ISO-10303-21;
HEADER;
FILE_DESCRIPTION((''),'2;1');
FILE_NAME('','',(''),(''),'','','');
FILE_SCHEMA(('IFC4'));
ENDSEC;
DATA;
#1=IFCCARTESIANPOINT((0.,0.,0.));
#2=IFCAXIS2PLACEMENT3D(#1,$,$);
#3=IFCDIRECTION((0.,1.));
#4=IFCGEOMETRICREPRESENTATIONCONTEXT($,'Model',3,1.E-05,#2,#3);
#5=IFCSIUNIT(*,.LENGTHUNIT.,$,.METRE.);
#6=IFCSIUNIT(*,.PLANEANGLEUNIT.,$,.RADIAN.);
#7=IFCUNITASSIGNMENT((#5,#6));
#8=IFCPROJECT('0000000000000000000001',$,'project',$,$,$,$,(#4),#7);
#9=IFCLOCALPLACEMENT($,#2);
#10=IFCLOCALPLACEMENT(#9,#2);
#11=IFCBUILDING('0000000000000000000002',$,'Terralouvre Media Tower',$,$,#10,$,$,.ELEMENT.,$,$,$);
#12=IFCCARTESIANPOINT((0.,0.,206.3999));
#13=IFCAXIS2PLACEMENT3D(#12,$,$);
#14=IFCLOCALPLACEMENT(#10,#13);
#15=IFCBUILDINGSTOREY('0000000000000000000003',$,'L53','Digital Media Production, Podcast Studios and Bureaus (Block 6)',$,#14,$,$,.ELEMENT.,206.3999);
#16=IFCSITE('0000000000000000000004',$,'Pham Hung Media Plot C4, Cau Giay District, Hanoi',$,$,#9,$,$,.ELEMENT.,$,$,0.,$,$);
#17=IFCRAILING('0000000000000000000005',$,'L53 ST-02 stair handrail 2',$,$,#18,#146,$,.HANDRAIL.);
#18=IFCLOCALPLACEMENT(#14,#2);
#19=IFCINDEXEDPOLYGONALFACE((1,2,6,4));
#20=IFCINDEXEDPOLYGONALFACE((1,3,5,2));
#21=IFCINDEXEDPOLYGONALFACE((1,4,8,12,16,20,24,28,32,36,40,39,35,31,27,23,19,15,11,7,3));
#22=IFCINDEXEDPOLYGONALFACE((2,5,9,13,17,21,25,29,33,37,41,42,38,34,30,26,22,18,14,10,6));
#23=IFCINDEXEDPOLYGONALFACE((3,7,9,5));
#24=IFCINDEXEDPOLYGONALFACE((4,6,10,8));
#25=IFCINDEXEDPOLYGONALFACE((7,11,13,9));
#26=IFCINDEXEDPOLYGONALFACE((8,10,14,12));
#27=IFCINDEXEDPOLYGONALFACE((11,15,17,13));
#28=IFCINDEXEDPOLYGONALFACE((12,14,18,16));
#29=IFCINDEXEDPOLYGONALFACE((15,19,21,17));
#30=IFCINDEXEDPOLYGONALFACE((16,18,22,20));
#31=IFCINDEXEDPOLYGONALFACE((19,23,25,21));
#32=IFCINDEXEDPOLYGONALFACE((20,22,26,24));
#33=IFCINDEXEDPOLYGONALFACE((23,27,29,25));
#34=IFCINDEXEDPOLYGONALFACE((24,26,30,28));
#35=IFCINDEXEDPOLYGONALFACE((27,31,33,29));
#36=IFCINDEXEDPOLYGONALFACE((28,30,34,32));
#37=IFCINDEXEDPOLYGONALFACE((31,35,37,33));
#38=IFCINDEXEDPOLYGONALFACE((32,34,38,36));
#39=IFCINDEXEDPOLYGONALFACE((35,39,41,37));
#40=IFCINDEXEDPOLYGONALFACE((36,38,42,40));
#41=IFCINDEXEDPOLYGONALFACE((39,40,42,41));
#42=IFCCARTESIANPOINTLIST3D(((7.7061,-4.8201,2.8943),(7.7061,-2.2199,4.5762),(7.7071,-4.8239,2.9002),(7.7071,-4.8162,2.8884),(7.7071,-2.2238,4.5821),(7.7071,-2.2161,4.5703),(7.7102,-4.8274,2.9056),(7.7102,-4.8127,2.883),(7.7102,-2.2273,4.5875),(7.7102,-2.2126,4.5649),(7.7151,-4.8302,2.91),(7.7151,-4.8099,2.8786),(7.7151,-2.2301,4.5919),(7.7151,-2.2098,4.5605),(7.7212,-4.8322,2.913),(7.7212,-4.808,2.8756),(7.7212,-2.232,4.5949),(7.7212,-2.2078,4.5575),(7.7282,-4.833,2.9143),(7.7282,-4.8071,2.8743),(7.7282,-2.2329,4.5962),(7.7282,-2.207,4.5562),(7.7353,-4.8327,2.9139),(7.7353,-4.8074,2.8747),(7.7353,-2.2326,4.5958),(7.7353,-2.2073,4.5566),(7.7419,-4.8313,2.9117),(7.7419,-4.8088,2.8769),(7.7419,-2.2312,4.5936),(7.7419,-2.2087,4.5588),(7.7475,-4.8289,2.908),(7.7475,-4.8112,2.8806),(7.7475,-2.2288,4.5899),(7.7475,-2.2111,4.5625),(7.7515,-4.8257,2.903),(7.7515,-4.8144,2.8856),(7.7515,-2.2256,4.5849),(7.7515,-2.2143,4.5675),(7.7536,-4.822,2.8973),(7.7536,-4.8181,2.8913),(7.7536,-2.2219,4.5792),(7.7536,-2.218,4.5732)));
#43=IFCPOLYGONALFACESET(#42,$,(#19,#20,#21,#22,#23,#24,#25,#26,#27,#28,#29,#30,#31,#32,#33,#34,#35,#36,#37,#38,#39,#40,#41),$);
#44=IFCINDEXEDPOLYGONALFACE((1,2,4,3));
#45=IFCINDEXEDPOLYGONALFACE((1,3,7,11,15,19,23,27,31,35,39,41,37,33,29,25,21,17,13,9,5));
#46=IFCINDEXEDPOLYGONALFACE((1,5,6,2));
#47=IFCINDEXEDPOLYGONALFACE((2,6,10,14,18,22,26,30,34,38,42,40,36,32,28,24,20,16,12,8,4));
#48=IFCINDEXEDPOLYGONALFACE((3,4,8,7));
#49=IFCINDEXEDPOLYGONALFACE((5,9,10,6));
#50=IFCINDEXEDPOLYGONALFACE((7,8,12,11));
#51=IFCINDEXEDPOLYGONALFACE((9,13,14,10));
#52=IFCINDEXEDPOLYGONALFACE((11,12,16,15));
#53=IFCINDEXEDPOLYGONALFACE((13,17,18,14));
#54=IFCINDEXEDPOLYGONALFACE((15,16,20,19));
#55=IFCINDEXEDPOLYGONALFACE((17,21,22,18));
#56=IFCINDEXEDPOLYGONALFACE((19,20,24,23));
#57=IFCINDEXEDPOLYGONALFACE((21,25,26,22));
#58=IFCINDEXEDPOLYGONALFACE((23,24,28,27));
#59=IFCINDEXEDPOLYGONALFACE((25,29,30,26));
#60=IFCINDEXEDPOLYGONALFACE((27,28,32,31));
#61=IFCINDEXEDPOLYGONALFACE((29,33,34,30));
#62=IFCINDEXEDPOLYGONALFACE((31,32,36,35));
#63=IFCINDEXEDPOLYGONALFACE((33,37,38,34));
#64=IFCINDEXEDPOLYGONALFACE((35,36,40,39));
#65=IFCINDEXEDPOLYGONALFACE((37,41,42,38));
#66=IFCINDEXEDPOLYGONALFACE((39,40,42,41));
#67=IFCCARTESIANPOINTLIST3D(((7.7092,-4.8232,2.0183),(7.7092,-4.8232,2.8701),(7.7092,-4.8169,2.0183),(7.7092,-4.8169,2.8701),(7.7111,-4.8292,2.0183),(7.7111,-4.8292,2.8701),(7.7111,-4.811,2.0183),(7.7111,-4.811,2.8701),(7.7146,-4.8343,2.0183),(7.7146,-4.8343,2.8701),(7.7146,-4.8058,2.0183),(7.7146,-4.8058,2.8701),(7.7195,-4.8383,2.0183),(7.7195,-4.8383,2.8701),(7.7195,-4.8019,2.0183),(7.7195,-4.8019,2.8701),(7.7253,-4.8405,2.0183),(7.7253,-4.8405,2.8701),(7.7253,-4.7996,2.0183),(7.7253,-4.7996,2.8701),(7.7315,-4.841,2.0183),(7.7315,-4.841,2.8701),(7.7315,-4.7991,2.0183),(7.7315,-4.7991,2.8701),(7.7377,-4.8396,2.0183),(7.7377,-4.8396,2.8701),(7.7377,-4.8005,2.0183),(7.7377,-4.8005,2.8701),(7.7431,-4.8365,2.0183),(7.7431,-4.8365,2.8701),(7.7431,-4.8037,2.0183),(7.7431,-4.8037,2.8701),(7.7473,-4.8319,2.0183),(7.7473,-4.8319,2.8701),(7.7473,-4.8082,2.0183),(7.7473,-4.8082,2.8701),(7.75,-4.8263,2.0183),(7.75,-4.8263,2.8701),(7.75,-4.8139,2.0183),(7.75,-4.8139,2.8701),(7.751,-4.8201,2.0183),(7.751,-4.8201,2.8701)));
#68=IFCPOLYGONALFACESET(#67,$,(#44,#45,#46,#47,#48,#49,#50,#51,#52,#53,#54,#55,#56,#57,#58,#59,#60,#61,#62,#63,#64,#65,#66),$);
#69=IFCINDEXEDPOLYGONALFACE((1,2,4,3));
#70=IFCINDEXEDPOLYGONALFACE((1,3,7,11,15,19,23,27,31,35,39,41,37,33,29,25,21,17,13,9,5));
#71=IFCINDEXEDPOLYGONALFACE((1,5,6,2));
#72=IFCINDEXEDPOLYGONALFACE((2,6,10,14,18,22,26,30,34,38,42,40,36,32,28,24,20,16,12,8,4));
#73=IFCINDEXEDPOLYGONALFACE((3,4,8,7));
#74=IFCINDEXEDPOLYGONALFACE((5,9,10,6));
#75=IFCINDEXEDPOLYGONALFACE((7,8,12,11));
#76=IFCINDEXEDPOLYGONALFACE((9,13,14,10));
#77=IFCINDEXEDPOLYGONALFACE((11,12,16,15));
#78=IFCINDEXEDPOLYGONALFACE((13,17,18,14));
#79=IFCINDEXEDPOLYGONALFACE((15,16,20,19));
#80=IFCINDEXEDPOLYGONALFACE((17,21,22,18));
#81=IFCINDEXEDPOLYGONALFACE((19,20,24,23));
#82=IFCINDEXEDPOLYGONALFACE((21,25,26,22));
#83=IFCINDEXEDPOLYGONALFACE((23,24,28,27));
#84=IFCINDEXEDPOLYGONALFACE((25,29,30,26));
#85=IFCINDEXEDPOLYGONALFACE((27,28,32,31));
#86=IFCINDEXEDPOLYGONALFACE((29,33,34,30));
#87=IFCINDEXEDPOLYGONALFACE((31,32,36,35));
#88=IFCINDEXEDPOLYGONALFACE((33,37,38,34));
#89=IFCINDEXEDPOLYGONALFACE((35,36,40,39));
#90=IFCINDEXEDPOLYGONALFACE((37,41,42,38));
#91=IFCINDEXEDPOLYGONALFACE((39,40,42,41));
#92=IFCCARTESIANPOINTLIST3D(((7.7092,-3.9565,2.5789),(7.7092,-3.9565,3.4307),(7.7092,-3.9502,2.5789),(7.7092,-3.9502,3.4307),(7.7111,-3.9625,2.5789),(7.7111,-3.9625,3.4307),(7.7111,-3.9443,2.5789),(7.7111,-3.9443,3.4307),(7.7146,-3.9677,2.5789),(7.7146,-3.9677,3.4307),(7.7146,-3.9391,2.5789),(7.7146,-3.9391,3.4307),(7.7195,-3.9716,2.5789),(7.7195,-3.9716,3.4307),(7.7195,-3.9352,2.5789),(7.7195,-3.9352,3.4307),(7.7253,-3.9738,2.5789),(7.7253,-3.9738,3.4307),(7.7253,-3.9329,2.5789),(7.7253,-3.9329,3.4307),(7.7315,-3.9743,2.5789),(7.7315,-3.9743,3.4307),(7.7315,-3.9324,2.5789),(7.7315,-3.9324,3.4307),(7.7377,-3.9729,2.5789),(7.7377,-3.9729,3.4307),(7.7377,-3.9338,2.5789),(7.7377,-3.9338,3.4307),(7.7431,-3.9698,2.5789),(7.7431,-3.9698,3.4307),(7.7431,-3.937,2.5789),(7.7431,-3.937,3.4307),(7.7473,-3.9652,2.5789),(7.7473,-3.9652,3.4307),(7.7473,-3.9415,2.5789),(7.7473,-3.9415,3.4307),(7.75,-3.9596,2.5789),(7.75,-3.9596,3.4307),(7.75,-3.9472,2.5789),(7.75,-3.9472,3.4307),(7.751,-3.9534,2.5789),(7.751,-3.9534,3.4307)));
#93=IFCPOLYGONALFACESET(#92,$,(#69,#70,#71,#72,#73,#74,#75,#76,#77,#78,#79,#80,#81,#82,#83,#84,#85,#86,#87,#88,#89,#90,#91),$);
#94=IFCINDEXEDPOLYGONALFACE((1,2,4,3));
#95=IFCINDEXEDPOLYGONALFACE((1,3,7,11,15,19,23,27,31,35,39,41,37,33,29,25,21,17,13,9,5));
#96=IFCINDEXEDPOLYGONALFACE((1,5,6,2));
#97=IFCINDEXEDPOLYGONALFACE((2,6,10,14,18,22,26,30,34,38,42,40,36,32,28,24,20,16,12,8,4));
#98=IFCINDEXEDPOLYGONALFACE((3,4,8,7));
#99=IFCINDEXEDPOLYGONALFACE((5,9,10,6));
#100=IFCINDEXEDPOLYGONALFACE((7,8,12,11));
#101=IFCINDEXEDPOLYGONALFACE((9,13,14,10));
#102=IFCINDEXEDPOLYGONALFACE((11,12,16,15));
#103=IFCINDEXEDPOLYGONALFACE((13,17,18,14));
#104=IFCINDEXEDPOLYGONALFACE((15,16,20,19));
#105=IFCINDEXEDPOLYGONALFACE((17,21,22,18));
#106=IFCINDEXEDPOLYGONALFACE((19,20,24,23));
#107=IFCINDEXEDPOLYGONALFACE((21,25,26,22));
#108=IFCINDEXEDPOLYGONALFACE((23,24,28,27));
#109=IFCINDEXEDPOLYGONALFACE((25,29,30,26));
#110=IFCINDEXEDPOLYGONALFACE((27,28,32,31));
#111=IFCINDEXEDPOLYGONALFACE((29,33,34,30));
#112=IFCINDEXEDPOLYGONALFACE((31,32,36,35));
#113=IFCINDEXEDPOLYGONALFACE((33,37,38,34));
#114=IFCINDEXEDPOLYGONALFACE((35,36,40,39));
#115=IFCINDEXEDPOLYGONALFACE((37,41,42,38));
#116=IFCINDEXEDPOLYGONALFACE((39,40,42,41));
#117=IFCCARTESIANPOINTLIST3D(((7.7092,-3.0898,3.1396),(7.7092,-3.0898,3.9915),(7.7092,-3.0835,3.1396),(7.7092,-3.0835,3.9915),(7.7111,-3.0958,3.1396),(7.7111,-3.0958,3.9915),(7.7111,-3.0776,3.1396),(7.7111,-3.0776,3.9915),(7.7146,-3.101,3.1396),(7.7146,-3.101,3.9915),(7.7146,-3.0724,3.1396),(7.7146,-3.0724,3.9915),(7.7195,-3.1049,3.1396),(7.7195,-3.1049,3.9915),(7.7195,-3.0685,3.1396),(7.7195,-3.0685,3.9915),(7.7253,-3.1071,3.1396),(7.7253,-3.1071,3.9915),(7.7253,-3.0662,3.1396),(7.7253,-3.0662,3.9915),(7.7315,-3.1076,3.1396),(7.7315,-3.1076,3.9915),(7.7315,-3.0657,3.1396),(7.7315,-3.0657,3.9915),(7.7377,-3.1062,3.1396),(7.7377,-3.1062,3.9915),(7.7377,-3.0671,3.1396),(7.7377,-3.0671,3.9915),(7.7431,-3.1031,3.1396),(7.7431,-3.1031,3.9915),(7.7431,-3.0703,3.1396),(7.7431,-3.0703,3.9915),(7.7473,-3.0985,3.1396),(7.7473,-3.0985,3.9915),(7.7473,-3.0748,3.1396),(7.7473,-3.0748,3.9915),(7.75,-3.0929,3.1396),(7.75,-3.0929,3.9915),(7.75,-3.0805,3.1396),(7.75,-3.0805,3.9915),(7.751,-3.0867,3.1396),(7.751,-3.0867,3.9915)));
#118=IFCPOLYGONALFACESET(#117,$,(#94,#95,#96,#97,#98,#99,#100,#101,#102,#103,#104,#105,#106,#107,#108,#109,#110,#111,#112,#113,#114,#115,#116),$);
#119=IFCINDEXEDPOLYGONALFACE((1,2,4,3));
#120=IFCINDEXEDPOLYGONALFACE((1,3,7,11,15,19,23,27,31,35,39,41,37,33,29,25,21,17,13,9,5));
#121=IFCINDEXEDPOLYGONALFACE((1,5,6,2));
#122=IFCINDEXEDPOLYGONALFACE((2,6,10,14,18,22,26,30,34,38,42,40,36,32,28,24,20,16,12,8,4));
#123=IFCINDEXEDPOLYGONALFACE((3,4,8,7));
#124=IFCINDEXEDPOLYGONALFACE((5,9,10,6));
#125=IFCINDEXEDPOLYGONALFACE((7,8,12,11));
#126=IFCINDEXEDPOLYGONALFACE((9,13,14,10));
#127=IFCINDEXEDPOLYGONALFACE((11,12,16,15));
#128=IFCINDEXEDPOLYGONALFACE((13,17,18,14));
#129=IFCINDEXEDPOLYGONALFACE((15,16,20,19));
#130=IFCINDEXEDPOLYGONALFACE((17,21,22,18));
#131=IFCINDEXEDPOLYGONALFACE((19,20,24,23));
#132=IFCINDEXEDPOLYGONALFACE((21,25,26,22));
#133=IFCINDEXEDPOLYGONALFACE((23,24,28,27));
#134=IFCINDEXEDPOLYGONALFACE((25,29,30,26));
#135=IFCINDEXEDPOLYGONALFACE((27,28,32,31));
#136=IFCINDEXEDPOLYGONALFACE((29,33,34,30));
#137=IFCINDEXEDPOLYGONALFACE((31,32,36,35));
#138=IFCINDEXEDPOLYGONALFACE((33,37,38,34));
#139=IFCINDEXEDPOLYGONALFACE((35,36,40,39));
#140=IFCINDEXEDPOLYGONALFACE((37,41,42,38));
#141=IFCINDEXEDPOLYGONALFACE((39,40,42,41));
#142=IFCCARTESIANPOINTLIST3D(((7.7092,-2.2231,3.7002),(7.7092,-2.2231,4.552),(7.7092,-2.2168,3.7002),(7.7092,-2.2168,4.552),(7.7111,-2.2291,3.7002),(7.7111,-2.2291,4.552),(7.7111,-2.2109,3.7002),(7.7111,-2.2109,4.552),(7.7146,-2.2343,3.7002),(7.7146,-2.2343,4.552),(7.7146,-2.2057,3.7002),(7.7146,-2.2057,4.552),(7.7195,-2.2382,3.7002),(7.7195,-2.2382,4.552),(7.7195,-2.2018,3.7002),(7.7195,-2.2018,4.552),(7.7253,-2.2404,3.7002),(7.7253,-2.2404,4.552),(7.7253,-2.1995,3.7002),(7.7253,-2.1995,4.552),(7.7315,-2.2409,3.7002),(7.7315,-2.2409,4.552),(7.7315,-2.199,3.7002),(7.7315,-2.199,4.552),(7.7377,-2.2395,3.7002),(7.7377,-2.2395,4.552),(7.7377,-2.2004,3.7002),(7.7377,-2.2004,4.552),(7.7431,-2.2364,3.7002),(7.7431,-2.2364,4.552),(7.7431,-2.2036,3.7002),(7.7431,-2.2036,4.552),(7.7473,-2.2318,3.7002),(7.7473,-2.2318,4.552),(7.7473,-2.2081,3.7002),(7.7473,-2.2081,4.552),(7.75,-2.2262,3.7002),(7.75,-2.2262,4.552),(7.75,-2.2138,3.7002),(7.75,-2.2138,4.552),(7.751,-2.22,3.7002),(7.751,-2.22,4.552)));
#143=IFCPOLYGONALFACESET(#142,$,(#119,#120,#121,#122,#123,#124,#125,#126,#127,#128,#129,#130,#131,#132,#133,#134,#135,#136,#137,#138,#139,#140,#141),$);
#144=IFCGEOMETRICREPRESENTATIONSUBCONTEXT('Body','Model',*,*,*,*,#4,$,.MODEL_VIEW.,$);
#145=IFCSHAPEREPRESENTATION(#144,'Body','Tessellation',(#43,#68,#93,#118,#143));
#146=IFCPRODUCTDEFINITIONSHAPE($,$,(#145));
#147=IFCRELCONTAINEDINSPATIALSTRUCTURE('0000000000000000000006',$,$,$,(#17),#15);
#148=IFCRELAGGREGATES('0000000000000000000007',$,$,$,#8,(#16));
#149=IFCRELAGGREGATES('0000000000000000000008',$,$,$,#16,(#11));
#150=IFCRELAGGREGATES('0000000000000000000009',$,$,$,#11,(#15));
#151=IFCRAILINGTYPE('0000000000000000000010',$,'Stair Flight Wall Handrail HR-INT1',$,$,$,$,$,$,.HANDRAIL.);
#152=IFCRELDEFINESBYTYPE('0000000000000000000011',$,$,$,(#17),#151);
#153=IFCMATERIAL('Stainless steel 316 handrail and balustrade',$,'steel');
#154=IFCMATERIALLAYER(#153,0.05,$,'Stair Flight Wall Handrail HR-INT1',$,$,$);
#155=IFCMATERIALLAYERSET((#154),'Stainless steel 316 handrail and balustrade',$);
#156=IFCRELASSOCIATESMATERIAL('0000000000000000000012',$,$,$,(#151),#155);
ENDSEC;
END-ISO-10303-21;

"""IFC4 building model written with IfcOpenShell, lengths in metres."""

from ifc_helpers import new_model, si_unit, direction, frame, origin, origin_2d, place, context, subcontext, project, spatial, circle, extrude, material, layer, layer_set, type_object, element, save


model = new_model("IFC4")

# Units and contexts
model_context = context("Model", 3, precision=1e-05, world=origin(), true_north=direction((0.0, 1.0)))
body_context = subcontext(model_context, "Body", "Model", "MODEL_VIEW")
ifc_project = project(units=[si_unit("LENGTHUNIT", "METRE"), si_unit("PLANEANGLEUNIT", "RADIAN")], contexts=[model_context])

# Site, building, storey
site_placement = place(None, origin())
site = spatial("IfcSite", under=ifc_project, at=site_placement, Name="Pham Hung Media Plot C4, Cau Giay District, Hanoi", CompositionType="ELEMENT", RefElevation=0.0)
building_placement = place(site_placement, origin())
building = spatial("IfcBuilding", under=site, at=building_placement, Name="Terralouvre Media Tower", CompositionType="ELEMENT")
storey_placement = place(building_placement, frame((0.0, 0.0, 206.3999)))
storey = spatial("IfcBuildingStorey", under=building, at=storey_placement, Name="L53", Description="Digital Media Production, Podcast Studios and Bureaus (Block 6)", CompositionType="ELEMENT", Elevation=206.3999)

# Railing
ifc_material_1 = material(Name="Stainless steel 316 handrail and balustrade", Category="steel")
ifc_layer_1 = layer(ifc_material_1, 0.05, Name="Stair Flight Wall Handrail HR-INT1")
ifc_layer_set_1 = layer_set([ifc_layer_1], Name="Stainless steel 316 handrail and balustrade")
railing_type_1 = type_object("IfcRailingType", Name="Stair Flight Wall Handrail HR-INT1", PredefinedType="HANDRAIL", material=ifc_layer_set_1)
railing_1_placement = place(storey_placement, frame((7.73, -4.8201, 2.0183)))
element("IfcRailing", 1, at=railing_1_placement, inside=storey, type_object=railing_type_1, Name="L53 ST-02 stair handrail 2", PredefinedType="HANDRAIL", context=body_context, shape_type="SweptSolid", body=[
    extrude(circle(Radius=0.0239, at=origin_2d()), frame((0.0, 0.0, 0.876), z_axis=(0.0, 0.839648, 0.54313), x_axis=(-1.0, 0.0, 0.0)), (0.0, 0.0, 1.0), 3.0967),
    extrude(circle(Radius=0.021, at=origin_2d()), origin(), (0.0, 0.0, 1.0), 0.8518),
    extrude(circle(Radius=0.021, at=origin_2d()), frame((0.0, 0.8667, 0.5605)), (0.0, 0.0, 1.0), 0.8518),
    extrude(circle(Radius=0.021, at=origin_2d()), frame((0.0, 1.7334, 1.1213)), (0.0, 0.0, 1.0), 0.8518),
    extrude(circle(Radius=0.021, at=origin_2d()), frame((0.0, 2.6001, 1.6819)), (0.0, 0.0, 1.0), 0.8518),
])

save(model, "model.ifc")
